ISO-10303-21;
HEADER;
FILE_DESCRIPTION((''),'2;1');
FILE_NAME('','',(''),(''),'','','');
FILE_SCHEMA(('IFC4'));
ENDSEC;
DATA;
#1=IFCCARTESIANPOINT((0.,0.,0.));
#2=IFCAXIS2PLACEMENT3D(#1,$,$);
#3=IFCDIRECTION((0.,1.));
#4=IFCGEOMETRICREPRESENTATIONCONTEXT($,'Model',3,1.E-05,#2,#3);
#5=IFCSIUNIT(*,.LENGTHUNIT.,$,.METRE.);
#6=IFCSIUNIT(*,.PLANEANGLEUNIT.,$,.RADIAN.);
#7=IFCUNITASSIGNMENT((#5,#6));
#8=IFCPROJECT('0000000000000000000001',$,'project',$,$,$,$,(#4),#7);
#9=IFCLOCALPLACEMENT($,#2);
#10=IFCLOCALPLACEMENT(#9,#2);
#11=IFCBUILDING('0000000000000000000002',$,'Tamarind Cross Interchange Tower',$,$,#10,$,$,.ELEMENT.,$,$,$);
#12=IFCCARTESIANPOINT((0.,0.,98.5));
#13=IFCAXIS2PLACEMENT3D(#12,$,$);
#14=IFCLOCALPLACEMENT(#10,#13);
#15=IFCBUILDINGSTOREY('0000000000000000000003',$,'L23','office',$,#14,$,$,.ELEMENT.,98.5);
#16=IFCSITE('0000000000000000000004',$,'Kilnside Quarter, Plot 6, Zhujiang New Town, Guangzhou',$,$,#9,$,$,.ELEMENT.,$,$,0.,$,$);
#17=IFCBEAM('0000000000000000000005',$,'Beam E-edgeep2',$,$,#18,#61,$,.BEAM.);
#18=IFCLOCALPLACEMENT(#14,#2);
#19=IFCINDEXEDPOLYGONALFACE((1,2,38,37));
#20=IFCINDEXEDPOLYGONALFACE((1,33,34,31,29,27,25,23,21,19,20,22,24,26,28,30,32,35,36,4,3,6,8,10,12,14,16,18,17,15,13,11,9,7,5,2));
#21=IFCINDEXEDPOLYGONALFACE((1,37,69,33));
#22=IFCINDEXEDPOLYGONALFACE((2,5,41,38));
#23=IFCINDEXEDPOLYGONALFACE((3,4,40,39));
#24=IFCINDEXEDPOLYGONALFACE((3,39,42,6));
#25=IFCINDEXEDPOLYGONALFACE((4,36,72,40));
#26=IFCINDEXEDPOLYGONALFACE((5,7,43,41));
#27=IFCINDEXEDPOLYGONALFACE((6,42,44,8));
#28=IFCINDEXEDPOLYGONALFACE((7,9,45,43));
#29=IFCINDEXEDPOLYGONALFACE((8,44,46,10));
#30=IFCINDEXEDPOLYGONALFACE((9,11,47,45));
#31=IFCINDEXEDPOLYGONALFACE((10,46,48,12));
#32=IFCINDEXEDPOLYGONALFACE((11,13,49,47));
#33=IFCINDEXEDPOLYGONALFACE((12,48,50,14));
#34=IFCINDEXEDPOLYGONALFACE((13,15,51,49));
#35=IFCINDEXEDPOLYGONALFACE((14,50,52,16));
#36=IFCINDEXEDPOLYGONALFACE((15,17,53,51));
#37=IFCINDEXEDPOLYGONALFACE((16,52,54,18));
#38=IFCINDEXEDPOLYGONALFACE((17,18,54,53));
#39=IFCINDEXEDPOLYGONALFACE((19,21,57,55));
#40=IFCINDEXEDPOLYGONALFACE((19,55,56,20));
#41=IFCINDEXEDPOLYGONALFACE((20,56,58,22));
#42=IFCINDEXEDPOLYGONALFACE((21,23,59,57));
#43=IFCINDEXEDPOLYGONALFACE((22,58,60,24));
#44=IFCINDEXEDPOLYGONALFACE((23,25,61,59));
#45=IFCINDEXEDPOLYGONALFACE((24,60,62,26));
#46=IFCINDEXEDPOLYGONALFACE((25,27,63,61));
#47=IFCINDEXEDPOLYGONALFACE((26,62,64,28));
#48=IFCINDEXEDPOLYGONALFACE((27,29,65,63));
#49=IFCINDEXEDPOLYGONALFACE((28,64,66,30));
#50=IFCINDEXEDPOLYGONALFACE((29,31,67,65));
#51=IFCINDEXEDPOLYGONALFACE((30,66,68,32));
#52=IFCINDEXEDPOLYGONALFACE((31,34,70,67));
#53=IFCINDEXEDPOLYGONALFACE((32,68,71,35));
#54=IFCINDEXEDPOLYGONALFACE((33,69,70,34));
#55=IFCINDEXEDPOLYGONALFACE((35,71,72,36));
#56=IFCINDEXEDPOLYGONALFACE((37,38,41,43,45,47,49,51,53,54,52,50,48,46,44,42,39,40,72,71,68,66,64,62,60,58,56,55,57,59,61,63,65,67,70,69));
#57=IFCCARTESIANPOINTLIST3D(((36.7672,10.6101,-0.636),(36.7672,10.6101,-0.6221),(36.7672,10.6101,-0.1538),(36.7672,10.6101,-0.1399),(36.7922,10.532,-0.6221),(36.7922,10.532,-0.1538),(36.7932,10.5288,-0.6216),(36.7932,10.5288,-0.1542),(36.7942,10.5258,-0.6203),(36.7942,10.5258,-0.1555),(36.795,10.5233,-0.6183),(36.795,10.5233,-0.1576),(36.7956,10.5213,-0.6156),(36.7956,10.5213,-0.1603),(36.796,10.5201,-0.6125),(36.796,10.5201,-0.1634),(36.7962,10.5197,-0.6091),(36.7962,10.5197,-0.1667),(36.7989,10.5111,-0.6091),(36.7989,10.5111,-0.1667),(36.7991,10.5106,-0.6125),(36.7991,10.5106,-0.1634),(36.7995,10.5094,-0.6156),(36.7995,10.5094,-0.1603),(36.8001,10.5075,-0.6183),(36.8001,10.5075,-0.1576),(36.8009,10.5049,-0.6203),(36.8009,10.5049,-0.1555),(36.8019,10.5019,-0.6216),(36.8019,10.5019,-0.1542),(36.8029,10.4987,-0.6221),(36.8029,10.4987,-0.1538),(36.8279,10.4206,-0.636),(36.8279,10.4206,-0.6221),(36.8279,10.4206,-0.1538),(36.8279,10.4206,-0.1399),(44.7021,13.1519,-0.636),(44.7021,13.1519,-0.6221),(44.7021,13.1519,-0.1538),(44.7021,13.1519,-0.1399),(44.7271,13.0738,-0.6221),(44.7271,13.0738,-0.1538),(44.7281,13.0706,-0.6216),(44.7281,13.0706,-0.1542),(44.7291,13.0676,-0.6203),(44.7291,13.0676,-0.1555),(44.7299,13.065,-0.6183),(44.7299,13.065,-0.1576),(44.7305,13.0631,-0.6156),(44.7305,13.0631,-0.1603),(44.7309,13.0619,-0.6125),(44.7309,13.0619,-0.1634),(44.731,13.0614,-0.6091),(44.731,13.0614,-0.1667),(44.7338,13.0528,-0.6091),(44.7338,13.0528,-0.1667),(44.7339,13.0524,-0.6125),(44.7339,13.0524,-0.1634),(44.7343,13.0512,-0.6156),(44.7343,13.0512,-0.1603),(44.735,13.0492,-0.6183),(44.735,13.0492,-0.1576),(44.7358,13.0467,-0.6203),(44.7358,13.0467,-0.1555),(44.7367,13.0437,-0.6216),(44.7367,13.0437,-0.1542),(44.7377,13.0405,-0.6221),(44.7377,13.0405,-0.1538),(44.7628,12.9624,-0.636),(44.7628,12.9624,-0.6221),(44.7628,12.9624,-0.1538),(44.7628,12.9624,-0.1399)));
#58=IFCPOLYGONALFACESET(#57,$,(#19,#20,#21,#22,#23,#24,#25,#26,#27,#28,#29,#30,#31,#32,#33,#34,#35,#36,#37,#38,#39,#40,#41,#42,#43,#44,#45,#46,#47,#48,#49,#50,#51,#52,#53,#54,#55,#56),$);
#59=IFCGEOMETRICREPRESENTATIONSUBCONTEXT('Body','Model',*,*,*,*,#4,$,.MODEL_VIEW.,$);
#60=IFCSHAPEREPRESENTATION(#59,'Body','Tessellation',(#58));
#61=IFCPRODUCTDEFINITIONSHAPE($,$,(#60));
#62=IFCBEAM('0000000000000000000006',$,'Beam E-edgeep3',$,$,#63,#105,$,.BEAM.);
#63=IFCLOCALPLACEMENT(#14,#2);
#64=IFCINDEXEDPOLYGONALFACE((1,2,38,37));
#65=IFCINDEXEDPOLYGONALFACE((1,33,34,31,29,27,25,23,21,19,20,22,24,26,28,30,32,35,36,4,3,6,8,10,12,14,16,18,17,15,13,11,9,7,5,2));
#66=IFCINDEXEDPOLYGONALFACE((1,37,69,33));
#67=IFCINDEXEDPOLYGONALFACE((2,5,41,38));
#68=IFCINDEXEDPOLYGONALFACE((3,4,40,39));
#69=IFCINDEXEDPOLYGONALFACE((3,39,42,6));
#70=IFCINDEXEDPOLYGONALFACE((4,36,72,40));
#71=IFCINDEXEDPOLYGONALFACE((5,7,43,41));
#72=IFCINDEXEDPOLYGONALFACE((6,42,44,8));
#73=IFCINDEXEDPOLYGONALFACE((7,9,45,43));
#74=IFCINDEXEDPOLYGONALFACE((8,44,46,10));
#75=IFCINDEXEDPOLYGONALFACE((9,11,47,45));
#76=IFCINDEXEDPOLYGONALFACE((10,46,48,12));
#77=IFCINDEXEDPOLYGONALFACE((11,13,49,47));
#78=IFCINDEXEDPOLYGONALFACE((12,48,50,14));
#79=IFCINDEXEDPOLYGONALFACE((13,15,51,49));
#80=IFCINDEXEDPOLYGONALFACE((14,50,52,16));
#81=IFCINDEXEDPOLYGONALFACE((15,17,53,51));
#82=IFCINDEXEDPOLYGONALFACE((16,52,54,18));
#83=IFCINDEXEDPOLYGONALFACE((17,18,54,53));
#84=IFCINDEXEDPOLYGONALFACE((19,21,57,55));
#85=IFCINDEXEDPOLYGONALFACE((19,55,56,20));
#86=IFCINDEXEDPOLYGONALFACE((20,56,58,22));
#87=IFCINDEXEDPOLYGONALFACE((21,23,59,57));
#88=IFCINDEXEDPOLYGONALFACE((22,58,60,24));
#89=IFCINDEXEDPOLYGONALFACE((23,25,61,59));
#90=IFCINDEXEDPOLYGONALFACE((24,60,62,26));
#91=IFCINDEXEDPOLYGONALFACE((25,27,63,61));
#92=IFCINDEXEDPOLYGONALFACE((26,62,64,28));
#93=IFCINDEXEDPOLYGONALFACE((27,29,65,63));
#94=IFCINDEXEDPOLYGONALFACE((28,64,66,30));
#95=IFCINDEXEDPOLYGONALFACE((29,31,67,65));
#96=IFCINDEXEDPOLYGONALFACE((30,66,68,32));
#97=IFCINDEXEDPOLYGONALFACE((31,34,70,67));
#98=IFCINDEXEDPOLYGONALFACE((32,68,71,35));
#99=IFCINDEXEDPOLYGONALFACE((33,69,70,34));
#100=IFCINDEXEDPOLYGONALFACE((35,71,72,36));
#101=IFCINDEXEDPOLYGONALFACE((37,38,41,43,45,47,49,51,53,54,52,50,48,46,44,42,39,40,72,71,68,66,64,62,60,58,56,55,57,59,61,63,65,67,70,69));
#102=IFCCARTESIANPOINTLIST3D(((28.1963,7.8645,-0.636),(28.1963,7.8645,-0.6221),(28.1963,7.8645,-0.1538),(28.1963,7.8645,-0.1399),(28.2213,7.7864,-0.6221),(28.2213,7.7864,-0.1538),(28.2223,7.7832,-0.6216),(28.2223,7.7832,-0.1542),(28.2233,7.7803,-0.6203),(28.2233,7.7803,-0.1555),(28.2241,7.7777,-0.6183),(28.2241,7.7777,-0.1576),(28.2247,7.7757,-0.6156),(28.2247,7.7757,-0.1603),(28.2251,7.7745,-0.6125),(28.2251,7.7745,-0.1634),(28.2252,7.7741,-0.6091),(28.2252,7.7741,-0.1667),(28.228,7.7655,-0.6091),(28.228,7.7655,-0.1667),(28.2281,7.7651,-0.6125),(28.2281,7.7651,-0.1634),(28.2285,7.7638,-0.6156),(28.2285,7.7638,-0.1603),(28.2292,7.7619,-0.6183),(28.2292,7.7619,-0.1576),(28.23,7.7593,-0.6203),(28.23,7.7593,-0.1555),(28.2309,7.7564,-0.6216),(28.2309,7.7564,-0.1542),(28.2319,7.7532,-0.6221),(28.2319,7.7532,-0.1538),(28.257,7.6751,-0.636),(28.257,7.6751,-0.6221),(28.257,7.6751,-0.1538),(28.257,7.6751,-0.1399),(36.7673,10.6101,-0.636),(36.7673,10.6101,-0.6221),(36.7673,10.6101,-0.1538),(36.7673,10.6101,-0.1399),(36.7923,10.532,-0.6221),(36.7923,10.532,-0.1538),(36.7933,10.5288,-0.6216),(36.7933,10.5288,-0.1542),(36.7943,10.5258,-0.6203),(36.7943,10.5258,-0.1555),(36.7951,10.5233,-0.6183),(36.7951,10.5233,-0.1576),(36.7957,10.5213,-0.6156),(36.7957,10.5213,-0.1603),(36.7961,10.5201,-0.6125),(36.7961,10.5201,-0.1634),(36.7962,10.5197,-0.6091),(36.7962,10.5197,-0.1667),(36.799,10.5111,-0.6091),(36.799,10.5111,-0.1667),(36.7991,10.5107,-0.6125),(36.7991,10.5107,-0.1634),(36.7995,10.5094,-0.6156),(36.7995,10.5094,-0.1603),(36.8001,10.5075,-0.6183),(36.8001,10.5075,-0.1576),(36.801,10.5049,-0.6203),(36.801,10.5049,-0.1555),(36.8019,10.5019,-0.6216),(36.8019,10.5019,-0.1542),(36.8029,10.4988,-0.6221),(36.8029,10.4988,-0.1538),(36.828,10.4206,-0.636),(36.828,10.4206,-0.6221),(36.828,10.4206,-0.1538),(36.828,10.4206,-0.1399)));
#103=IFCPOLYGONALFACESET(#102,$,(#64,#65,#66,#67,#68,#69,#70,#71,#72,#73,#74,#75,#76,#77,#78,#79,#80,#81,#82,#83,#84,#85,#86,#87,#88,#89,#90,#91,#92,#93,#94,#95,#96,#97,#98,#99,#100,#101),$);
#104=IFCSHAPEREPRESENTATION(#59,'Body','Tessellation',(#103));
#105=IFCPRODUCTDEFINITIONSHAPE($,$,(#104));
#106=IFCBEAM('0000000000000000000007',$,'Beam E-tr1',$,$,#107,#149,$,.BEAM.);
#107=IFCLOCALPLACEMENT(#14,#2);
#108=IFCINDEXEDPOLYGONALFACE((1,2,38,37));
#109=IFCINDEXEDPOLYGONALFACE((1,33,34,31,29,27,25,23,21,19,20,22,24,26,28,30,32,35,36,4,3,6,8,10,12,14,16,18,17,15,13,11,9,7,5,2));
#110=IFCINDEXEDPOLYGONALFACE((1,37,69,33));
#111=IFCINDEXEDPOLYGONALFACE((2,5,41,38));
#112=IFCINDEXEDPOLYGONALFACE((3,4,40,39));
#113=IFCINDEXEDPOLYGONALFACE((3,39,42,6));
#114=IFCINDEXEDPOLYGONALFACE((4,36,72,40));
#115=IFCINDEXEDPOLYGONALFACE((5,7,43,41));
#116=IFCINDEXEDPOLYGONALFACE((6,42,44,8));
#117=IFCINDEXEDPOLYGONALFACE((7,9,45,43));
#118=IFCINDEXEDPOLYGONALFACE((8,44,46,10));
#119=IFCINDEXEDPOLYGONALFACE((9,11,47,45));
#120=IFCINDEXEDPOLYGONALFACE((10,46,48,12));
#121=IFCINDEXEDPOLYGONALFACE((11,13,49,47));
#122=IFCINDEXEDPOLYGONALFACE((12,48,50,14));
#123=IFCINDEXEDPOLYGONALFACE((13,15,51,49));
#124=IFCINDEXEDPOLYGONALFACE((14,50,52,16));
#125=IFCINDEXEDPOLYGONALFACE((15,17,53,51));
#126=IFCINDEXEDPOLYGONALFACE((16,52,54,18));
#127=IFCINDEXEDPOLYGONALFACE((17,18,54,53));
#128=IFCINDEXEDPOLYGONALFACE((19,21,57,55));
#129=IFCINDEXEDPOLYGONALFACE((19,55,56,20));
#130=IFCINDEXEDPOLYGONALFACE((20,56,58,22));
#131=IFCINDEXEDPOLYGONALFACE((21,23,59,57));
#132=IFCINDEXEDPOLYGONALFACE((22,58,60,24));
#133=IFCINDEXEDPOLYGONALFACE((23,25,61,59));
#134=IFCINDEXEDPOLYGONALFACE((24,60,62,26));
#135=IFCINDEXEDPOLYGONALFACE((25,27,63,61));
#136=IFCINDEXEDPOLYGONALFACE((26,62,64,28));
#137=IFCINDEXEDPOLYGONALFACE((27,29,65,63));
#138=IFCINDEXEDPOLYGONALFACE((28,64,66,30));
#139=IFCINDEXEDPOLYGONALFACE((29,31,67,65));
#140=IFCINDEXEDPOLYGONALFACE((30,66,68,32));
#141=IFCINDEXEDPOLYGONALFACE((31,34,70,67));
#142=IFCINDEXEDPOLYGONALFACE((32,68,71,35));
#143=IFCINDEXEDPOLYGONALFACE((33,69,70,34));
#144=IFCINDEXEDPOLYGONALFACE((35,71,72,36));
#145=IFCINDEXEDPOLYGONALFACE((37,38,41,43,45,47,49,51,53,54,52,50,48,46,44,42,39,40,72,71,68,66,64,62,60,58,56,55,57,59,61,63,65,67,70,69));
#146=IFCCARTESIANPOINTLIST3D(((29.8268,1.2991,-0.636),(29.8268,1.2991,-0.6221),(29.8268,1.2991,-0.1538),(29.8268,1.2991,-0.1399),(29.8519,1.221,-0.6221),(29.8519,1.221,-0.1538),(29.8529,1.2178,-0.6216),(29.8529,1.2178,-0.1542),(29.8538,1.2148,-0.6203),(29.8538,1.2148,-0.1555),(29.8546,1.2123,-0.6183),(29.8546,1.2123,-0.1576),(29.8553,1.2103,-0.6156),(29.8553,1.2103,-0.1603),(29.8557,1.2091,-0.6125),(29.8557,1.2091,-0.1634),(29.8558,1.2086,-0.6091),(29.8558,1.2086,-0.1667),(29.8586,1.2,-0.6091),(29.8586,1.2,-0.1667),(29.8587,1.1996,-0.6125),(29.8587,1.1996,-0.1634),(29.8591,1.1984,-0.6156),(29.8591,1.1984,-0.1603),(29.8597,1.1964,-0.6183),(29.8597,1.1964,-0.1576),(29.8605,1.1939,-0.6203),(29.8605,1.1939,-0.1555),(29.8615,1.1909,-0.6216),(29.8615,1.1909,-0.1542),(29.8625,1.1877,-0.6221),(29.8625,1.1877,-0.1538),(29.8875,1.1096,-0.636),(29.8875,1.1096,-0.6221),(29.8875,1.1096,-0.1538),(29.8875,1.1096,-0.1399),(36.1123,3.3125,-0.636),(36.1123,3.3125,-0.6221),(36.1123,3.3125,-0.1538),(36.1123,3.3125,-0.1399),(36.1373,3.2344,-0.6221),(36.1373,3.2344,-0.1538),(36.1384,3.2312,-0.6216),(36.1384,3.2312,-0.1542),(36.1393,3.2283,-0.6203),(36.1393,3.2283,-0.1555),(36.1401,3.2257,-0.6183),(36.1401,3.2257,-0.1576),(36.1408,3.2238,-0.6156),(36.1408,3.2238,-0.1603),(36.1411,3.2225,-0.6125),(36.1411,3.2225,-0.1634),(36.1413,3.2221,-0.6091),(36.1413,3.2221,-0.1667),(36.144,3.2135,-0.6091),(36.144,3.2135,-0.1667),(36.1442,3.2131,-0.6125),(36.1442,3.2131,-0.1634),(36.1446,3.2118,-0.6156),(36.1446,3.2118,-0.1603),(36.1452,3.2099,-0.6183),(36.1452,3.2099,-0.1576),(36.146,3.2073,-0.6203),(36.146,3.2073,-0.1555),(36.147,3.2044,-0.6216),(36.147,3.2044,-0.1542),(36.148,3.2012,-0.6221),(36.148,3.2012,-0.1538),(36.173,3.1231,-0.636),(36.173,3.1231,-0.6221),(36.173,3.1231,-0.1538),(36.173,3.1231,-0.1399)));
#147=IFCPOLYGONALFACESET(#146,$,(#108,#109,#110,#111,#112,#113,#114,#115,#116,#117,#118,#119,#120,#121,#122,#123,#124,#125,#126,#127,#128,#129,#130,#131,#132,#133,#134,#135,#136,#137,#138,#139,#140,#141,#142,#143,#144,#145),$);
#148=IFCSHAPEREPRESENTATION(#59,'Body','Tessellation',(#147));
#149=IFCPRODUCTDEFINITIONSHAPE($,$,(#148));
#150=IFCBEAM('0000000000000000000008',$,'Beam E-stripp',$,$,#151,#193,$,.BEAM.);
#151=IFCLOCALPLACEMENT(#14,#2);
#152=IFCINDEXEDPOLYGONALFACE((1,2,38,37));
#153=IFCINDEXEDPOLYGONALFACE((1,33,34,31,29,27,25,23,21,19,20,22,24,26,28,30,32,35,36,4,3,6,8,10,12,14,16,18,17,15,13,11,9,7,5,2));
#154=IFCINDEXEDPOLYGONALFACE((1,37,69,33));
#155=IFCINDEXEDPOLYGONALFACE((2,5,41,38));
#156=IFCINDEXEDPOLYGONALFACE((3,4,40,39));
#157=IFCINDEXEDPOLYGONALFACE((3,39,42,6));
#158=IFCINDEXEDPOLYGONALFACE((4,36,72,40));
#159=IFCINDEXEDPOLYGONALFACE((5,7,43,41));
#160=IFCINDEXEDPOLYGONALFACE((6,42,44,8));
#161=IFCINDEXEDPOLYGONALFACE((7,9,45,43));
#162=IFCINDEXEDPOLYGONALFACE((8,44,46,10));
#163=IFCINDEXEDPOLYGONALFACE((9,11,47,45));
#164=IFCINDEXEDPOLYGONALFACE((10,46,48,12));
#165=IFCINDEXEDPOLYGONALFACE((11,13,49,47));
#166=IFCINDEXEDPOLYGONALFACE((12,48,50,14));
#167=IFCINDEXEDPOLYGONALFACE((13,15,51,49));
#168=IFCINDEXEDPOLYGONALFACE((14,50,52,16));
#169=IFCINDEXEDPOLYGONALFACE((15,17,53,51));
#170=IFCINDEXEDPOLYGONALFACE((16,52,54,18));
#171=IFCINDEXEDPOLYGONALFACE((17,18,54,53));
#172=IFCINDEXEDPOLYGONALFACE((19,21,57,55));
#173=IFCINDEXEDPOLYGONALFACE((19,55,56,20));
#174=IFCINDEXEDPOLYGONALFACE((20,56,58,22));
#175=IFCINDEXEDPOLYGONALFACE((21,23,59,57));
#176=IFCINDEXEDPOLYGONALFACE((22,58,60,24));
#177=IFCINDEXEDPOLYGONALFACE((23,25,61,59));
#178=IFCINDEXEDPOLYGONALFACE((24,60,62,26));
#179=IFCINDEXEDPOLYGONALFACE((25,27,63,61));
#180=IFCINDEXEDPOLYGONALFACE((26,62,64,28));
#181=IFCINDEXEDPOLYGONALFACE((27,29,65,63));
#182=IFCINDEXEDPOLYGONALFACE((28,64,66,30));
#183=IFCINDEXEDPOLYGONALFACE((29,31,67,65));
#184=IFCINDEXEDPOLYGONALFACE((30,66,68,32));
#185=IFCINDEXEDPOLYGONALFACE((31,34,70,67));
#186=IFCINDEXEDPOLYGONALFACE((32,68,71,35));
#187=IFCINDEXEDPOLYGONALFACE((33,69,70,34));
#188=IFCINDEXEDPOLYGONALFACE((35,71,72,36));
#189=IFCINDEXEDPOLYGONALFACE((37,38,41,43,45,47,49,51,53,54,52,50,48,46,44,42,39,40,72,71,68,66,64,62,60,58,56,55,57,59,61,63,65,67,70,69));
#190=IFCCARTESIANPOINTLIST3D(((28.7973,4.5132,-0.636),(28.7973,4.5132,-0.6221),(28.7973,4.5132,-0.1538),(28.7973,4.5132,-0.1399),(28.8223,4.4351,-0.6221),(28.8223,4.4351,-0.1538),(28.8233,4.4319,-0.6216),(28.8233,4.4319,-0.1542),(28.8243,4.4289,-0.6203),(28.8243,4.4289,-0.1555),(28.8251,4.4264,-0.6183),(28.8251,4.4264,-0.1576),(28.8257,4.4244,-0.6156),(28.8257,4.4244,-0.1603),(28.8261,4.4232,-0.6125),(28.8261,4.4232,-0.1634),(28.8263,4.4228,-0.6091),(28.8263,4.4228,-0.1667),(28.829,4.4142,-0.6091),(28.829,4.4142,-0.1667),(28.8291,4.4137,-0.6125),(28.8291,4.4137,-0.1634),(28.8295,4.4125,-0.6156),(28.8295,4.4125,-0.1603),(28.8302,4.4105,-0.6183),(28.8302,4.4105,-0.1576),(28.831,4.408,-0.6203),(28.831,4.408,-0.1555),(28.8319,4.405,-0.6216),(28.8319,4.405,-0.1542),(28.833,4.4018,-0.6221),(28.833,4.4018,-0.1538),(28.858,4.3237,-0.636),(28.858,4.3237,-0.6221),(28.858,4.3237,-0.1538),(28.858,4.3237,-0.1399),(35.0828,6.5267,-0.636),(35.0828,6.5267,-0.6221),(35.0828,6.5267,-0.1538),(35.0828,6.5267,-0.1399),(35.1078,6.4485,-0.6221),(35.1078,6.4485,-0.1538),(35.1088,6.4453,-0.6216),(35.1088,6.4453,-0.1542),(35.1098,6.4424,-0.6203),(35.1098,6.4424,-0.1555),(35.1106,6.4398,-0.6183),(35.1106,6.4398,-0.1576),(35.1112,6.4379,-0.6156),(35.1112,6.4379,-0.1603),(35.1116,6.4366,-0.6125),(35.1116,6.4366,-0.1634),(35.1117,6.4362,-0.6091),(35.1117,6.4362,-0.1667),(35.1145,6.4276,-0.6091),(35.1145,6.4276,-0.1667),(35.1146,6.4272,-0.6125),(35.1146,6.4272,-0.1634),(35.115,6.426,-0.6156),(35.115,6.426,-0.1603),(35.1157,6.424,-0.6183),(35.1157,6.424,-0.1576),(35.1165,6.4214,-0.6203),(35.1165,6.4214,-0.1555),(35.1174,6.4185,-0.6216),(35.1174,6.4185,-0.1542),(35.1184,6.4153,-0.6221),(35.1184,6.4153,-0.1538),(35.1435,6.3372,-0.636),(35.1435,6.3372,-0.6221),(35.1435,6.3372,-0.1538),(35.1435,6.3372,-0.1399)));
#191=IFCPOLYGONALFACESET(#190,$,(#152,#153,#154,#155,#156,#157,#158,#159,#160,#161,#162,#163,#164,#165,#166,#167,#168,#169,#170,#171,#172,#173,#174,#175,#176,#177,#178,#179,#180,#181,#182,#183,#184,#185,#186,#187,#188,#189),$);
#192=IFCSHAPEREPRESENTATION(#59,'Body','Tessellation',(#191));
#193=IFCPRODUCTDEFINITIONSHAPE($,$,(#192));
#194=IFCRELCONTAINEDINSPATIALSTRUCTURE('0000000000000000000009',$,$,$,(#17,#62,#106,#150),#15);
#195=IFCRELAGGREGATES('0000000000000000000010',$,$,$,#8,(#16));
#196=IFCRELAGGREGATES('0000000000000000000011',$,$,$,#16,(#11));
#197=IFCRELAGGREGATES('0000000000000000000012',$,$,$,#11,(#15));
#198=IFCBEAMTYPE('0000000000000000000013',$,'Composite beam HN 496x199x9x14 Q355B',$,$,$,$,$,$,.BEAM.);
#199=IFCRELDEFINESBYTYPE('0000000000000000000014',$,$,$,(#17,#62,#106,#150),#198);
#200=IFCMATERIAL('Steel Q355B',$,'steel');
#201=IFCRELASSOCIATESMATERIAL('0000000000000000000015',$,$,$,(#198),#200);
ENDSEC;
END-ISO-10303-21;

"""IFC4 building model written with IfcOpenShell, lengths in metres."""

from ifc_helpers import new_model, si_unit, direction, frame, origin, origin_2d, place, context, subcontext, project, spatial, i_section, extrude, material, material_profile, profile_set, type_object, element, save


model = new_model("IFC4")

# Units and contexts
model_context = context("Model", 3, precision=1e-05, world=origin(), true_north=direction((0.0, 1.0)))
body_context = subcontext(model_context, "Body", "Model", "MODEL_VIEW")
ifc_project = project(units=[si_unit("LENGTHUNIT", "METRE"), si_unit("PLANEANGLEUNIT", "RADIAN")], contexts=[model_context])

# Site, building, storey
site_placement = place(None, origin())
site = spatial("IfcSite", under=ifc_project, at=site_placement, Name="Kilnside Quarter, Plot 6, Zhujiang New Town, Guangzhou", CompositionType="ELEMENT", RefElevation=0.0)
building_placement = place(site_placement, origin())
building = spatial("IfcBuilding", under=site, at=building_placement, Name="Tamarind Cross Interchange Tower", CompositionType="ELEMENT")
storey_placement = place(building_placement, frame((0.0, 0.0, 98.5)))
storey = spatial("IfcBuildingStorey", under=building, at=storey_placement, Name="L23", Description="office", CompositionType="ELEMENT", Elevation=98.5)

# Beams
ifc_material_1 = material(Name="Steel Q355B", Category="steel")
ifc_material_profile_1 = material_profile(ifc_material_1, i_section(OverallWidth=0.199, OverallDepth=0.4961, WebThickness=0.009, FlangeThickness=0.0139, FilletRadius=0.0129, at=origin_2d()), Name="HN 496x199x9x14")
ifc_profile_set_1 = profile_set([ifc_material_profile_1], Name="Steel Q355B")
beam_type_1 = type_object("IfcBeamType", Name="Composite beam HN 496x199x9x14 Q355B", PredefinedType="BEAM", material=ifc_profile_set_1)
beam_1_placement = place(storey_placement, frame((44.7324, 13.0571, -0.3879), z_axis=(-0.952333, -0.30506, 0.0), x_axis=(0.30506, -0.952333, 0.0)))
element("IfcBeam", 1, at=beam_1_placement, inside=storey, type_object=beam_type_1, Name="Beam E-edgeep2", PredefinedType="BEAM", context=body_context, shape_type="SweptSolid", body=[
    extrude(i_section(OverallWidth=0.199, OverallDepth=0.4961, WebThickness=0.009, FlangeThickness=0.0139, FilletRadius=0.0129, at=origin_2d()), origin(), (0.0, 0.0, 1.0), 8.332),
])
beam_2_placement = place(storey_placement, frame((36.7976, 10.5154, -0.3879), z_axis=(-0.952332, -0.305065, 0.0), x_axis=(0.305065, -0.952332, 0.0)))
element("IfcBeam", 2, at=beam_2_placement, inside=storey, type_object=beam_type_1, Name="Beam E-edgeep3", PredefinedType="BEAM", context=body_context, shape_type="SweptSolid", body=[
    extrude(i_section(OverallWidth=0.199, OverallDepth=0.4961, WebThickness=0.009, FlangeThickness=0.0139, FilletRadius=0.0129, at=origin_2d()), origin(), (0.0, 0.0, 1.0), 9.0),
])
for number, where, z_axis, x_axis, name in (
    (3, (29.8572, 1.2043, -0.3879), (0.952332, 0.305064, 0.0), (-0.305064, 0.952332, 0.0), "Beam E-tr1"),
    (4, (28.8276, 4.4185, -0.3879), (0.952332, 0.305064, 0.0), (-0.305064, 0.952332, 0.0), "Beam E-stripp"),
):
    element("IfcBeam", number, at=place(storey_placement, frame(where, z_axis=z_axis, x_axis=x_axis)), inside=storey, type_object=beam_type_1, Name=name, PredefinedType="BEAM", context=body_context, shape_type="SweptSolid", body=[
        extrude(i_section(OverallWidth=0.199, OverallDepth=0.4961, WebThickness=0.009, FlangeThickness=0.0139, FilletRadius=0.0129, at=origin_2d()), origin(), (0.0, 0.0, 1.0), 6.6001),
    ])

save(model, "model.ifc")
